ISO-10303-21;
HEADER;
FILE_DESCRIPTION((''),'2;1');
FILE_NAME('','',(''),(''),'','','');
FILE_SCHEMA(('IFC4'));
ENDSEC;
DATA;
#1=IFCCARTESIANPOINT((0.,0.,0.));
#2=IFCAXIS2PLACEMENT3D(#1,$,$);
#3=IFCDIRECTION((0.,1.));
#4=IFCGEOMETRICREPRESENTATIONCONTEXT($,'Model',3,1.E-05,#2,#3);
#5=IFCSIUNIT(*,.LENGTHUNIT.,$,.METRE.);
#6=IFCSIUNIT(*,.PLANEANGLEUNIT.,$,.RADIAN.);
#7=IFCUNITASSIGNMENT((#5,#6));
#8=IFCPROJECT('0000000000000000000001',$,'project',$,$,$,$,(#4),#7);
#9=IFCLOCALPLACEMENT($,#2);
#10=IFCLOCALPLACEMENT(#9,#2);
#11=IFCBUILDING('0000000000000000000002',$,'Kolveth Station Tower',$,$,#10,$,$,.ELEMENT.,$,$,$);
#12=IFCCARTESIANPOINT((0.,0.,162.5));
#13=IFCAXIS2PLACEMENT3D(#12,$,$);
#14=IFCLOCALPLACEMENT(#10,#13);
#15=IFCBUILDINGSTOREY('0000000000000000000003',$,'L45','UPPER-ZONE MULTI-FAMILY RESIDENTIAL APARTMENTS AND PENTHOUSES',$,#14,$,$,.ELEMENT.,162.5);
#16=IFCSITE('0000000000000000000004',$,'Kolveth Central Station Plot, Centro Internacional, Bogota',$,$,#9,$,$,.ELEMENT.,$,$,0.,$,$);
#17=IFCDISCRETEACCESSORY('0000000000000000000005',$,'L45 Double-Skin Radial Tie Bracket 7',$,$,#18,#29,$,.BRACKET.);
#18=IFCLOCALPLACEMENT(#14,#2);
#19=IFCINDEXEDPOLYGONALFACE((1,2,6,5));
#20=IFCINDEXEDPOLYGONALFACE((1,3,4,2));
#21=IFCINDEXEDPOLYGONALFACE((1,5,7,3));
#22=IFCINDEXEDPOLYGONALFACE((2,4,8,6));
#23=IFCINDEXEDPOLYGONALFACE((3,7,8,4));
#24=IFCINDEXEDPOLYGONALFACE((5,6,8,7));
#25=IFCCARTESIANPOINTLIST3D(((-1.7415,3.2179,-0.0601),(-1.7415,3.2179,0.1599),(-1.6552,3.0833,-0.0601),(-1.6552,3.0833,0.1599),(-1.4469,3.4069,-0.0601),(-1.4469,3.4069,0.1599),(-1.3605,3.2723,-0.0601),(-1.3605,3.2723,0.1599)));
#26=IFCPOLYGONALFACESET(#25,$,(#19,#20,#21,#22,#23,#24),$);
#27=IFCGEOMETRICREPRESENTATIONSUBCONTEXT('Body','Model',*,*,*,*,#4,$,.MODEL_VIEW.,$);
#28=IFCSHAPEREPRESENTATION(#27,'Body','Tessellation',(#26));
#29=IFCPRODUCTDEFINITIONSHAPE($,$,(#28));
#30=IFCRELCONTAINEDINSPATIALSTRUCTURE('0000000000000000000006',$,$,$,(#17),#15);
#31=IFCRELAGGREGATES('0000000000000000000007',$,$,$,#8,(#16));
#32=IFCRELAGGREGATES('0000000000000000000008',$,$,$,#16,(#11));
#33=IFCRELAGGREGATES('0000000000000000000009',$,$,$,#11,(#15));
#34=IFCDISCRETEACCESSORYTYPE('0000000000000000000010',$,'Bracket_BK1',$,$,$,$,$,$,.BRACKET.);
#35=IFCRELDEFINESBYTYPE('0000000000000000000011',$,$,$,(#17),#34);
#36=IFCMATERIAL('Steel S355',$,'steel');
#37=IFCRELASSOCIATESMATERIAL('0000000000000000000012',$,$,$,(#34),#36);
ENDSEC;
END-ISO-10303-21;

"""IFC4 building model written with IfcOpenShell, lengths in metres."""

from ifc_helpers import new_model, si_unit, direction, frame, origin, origin_2d, place, context, subcontext, project, spatial, rectangle, extrude, source, transform, mapped, material, type_object, element, save


model = new_model("IFC4")

# Units and contexts
model_context = context("Model", 3, precision=1e-05, world=origin(), true_north=direction((0.0, 1.0)))
body_context = subcontext(model_context, "Body", "Model", "MODEL_VIEW")
ifc_project = project(units=[si_unit("LENGTHUNIT", "METRE"), si_unit("PLANEANGLEUNIT", "RADIAN")], contexts=[model_context])

# Site, building, storey
site_placement = place(None, origin())
site = spatial("IfcSite", under=ifc_project, at=site_placement, Name="Kolveth Central Station Plot, Centro Internacional, Bogota", CompositionType="ELEMENT", RefElevation=0.0)
building_placement = place(site_placement, origin())
building = spatial("IfcBuilding", under=site, at=building_placement, Name="Kolveth Station Tower", CompositionType="ELEMENT")
storey_placement = place(building_placement, frame((0.0, 0.0, 162.5)))
storey = spatial("IfcBuildingStorey", under=building, at=storey_placement, Name="L45", Description="UPPER-ZONE MULTI-FAMILY RESIDENTIAL APARTMENTS AND PENTHOUSES", CompositionType="ELEMENT", Elevation=162.5)

# Shared definitions
ifc_material_1 = material(Name="Steel S355", Category="steel")

# Discrete accessory
discrete_accessory_type = type_object("IfcDiscreteAccessoryType", Name="Bracket_BK1", PredefinedType="BRACKET", material=ifc_material_1)
shared_shape_1 = source(origin(), body_context, "Body", "SweptSolid", [
    extrude(rectangle(XDim=0.3501, YDim=0.1599, at=origin_2d()), origin(), (0.0, 0.0, 1.0), 0.22),
])
discrete_accessory_placement = place(storey_placement, frame((-1.551, 3.2451, -0.0601), z_axis=(0.0, 0.0, 1.0), x_axis=(-0.841699, -0.539947, 0.0)))
element("IfcDiscreteAccessory", 1, at=discrete_accessory_placement, inside=storey, type_object=discrete_accessory_type, Name="L45 Double-Skin Radial Tie Bracket 7", PredefinedType="BRACKET", context=body_context, shape_type="MappedRepresentation", body=[
    mapped(shared_shape_1, transform((0.0, 0.0, 0.0), x_axis=(1.0, 0.0, 0.0), y_axis=(0.0, 1.0, 0.0), z_axis=(0.0, 0.0, 1.0), scale=1.0)),
])

save(model, "model.ifc")
